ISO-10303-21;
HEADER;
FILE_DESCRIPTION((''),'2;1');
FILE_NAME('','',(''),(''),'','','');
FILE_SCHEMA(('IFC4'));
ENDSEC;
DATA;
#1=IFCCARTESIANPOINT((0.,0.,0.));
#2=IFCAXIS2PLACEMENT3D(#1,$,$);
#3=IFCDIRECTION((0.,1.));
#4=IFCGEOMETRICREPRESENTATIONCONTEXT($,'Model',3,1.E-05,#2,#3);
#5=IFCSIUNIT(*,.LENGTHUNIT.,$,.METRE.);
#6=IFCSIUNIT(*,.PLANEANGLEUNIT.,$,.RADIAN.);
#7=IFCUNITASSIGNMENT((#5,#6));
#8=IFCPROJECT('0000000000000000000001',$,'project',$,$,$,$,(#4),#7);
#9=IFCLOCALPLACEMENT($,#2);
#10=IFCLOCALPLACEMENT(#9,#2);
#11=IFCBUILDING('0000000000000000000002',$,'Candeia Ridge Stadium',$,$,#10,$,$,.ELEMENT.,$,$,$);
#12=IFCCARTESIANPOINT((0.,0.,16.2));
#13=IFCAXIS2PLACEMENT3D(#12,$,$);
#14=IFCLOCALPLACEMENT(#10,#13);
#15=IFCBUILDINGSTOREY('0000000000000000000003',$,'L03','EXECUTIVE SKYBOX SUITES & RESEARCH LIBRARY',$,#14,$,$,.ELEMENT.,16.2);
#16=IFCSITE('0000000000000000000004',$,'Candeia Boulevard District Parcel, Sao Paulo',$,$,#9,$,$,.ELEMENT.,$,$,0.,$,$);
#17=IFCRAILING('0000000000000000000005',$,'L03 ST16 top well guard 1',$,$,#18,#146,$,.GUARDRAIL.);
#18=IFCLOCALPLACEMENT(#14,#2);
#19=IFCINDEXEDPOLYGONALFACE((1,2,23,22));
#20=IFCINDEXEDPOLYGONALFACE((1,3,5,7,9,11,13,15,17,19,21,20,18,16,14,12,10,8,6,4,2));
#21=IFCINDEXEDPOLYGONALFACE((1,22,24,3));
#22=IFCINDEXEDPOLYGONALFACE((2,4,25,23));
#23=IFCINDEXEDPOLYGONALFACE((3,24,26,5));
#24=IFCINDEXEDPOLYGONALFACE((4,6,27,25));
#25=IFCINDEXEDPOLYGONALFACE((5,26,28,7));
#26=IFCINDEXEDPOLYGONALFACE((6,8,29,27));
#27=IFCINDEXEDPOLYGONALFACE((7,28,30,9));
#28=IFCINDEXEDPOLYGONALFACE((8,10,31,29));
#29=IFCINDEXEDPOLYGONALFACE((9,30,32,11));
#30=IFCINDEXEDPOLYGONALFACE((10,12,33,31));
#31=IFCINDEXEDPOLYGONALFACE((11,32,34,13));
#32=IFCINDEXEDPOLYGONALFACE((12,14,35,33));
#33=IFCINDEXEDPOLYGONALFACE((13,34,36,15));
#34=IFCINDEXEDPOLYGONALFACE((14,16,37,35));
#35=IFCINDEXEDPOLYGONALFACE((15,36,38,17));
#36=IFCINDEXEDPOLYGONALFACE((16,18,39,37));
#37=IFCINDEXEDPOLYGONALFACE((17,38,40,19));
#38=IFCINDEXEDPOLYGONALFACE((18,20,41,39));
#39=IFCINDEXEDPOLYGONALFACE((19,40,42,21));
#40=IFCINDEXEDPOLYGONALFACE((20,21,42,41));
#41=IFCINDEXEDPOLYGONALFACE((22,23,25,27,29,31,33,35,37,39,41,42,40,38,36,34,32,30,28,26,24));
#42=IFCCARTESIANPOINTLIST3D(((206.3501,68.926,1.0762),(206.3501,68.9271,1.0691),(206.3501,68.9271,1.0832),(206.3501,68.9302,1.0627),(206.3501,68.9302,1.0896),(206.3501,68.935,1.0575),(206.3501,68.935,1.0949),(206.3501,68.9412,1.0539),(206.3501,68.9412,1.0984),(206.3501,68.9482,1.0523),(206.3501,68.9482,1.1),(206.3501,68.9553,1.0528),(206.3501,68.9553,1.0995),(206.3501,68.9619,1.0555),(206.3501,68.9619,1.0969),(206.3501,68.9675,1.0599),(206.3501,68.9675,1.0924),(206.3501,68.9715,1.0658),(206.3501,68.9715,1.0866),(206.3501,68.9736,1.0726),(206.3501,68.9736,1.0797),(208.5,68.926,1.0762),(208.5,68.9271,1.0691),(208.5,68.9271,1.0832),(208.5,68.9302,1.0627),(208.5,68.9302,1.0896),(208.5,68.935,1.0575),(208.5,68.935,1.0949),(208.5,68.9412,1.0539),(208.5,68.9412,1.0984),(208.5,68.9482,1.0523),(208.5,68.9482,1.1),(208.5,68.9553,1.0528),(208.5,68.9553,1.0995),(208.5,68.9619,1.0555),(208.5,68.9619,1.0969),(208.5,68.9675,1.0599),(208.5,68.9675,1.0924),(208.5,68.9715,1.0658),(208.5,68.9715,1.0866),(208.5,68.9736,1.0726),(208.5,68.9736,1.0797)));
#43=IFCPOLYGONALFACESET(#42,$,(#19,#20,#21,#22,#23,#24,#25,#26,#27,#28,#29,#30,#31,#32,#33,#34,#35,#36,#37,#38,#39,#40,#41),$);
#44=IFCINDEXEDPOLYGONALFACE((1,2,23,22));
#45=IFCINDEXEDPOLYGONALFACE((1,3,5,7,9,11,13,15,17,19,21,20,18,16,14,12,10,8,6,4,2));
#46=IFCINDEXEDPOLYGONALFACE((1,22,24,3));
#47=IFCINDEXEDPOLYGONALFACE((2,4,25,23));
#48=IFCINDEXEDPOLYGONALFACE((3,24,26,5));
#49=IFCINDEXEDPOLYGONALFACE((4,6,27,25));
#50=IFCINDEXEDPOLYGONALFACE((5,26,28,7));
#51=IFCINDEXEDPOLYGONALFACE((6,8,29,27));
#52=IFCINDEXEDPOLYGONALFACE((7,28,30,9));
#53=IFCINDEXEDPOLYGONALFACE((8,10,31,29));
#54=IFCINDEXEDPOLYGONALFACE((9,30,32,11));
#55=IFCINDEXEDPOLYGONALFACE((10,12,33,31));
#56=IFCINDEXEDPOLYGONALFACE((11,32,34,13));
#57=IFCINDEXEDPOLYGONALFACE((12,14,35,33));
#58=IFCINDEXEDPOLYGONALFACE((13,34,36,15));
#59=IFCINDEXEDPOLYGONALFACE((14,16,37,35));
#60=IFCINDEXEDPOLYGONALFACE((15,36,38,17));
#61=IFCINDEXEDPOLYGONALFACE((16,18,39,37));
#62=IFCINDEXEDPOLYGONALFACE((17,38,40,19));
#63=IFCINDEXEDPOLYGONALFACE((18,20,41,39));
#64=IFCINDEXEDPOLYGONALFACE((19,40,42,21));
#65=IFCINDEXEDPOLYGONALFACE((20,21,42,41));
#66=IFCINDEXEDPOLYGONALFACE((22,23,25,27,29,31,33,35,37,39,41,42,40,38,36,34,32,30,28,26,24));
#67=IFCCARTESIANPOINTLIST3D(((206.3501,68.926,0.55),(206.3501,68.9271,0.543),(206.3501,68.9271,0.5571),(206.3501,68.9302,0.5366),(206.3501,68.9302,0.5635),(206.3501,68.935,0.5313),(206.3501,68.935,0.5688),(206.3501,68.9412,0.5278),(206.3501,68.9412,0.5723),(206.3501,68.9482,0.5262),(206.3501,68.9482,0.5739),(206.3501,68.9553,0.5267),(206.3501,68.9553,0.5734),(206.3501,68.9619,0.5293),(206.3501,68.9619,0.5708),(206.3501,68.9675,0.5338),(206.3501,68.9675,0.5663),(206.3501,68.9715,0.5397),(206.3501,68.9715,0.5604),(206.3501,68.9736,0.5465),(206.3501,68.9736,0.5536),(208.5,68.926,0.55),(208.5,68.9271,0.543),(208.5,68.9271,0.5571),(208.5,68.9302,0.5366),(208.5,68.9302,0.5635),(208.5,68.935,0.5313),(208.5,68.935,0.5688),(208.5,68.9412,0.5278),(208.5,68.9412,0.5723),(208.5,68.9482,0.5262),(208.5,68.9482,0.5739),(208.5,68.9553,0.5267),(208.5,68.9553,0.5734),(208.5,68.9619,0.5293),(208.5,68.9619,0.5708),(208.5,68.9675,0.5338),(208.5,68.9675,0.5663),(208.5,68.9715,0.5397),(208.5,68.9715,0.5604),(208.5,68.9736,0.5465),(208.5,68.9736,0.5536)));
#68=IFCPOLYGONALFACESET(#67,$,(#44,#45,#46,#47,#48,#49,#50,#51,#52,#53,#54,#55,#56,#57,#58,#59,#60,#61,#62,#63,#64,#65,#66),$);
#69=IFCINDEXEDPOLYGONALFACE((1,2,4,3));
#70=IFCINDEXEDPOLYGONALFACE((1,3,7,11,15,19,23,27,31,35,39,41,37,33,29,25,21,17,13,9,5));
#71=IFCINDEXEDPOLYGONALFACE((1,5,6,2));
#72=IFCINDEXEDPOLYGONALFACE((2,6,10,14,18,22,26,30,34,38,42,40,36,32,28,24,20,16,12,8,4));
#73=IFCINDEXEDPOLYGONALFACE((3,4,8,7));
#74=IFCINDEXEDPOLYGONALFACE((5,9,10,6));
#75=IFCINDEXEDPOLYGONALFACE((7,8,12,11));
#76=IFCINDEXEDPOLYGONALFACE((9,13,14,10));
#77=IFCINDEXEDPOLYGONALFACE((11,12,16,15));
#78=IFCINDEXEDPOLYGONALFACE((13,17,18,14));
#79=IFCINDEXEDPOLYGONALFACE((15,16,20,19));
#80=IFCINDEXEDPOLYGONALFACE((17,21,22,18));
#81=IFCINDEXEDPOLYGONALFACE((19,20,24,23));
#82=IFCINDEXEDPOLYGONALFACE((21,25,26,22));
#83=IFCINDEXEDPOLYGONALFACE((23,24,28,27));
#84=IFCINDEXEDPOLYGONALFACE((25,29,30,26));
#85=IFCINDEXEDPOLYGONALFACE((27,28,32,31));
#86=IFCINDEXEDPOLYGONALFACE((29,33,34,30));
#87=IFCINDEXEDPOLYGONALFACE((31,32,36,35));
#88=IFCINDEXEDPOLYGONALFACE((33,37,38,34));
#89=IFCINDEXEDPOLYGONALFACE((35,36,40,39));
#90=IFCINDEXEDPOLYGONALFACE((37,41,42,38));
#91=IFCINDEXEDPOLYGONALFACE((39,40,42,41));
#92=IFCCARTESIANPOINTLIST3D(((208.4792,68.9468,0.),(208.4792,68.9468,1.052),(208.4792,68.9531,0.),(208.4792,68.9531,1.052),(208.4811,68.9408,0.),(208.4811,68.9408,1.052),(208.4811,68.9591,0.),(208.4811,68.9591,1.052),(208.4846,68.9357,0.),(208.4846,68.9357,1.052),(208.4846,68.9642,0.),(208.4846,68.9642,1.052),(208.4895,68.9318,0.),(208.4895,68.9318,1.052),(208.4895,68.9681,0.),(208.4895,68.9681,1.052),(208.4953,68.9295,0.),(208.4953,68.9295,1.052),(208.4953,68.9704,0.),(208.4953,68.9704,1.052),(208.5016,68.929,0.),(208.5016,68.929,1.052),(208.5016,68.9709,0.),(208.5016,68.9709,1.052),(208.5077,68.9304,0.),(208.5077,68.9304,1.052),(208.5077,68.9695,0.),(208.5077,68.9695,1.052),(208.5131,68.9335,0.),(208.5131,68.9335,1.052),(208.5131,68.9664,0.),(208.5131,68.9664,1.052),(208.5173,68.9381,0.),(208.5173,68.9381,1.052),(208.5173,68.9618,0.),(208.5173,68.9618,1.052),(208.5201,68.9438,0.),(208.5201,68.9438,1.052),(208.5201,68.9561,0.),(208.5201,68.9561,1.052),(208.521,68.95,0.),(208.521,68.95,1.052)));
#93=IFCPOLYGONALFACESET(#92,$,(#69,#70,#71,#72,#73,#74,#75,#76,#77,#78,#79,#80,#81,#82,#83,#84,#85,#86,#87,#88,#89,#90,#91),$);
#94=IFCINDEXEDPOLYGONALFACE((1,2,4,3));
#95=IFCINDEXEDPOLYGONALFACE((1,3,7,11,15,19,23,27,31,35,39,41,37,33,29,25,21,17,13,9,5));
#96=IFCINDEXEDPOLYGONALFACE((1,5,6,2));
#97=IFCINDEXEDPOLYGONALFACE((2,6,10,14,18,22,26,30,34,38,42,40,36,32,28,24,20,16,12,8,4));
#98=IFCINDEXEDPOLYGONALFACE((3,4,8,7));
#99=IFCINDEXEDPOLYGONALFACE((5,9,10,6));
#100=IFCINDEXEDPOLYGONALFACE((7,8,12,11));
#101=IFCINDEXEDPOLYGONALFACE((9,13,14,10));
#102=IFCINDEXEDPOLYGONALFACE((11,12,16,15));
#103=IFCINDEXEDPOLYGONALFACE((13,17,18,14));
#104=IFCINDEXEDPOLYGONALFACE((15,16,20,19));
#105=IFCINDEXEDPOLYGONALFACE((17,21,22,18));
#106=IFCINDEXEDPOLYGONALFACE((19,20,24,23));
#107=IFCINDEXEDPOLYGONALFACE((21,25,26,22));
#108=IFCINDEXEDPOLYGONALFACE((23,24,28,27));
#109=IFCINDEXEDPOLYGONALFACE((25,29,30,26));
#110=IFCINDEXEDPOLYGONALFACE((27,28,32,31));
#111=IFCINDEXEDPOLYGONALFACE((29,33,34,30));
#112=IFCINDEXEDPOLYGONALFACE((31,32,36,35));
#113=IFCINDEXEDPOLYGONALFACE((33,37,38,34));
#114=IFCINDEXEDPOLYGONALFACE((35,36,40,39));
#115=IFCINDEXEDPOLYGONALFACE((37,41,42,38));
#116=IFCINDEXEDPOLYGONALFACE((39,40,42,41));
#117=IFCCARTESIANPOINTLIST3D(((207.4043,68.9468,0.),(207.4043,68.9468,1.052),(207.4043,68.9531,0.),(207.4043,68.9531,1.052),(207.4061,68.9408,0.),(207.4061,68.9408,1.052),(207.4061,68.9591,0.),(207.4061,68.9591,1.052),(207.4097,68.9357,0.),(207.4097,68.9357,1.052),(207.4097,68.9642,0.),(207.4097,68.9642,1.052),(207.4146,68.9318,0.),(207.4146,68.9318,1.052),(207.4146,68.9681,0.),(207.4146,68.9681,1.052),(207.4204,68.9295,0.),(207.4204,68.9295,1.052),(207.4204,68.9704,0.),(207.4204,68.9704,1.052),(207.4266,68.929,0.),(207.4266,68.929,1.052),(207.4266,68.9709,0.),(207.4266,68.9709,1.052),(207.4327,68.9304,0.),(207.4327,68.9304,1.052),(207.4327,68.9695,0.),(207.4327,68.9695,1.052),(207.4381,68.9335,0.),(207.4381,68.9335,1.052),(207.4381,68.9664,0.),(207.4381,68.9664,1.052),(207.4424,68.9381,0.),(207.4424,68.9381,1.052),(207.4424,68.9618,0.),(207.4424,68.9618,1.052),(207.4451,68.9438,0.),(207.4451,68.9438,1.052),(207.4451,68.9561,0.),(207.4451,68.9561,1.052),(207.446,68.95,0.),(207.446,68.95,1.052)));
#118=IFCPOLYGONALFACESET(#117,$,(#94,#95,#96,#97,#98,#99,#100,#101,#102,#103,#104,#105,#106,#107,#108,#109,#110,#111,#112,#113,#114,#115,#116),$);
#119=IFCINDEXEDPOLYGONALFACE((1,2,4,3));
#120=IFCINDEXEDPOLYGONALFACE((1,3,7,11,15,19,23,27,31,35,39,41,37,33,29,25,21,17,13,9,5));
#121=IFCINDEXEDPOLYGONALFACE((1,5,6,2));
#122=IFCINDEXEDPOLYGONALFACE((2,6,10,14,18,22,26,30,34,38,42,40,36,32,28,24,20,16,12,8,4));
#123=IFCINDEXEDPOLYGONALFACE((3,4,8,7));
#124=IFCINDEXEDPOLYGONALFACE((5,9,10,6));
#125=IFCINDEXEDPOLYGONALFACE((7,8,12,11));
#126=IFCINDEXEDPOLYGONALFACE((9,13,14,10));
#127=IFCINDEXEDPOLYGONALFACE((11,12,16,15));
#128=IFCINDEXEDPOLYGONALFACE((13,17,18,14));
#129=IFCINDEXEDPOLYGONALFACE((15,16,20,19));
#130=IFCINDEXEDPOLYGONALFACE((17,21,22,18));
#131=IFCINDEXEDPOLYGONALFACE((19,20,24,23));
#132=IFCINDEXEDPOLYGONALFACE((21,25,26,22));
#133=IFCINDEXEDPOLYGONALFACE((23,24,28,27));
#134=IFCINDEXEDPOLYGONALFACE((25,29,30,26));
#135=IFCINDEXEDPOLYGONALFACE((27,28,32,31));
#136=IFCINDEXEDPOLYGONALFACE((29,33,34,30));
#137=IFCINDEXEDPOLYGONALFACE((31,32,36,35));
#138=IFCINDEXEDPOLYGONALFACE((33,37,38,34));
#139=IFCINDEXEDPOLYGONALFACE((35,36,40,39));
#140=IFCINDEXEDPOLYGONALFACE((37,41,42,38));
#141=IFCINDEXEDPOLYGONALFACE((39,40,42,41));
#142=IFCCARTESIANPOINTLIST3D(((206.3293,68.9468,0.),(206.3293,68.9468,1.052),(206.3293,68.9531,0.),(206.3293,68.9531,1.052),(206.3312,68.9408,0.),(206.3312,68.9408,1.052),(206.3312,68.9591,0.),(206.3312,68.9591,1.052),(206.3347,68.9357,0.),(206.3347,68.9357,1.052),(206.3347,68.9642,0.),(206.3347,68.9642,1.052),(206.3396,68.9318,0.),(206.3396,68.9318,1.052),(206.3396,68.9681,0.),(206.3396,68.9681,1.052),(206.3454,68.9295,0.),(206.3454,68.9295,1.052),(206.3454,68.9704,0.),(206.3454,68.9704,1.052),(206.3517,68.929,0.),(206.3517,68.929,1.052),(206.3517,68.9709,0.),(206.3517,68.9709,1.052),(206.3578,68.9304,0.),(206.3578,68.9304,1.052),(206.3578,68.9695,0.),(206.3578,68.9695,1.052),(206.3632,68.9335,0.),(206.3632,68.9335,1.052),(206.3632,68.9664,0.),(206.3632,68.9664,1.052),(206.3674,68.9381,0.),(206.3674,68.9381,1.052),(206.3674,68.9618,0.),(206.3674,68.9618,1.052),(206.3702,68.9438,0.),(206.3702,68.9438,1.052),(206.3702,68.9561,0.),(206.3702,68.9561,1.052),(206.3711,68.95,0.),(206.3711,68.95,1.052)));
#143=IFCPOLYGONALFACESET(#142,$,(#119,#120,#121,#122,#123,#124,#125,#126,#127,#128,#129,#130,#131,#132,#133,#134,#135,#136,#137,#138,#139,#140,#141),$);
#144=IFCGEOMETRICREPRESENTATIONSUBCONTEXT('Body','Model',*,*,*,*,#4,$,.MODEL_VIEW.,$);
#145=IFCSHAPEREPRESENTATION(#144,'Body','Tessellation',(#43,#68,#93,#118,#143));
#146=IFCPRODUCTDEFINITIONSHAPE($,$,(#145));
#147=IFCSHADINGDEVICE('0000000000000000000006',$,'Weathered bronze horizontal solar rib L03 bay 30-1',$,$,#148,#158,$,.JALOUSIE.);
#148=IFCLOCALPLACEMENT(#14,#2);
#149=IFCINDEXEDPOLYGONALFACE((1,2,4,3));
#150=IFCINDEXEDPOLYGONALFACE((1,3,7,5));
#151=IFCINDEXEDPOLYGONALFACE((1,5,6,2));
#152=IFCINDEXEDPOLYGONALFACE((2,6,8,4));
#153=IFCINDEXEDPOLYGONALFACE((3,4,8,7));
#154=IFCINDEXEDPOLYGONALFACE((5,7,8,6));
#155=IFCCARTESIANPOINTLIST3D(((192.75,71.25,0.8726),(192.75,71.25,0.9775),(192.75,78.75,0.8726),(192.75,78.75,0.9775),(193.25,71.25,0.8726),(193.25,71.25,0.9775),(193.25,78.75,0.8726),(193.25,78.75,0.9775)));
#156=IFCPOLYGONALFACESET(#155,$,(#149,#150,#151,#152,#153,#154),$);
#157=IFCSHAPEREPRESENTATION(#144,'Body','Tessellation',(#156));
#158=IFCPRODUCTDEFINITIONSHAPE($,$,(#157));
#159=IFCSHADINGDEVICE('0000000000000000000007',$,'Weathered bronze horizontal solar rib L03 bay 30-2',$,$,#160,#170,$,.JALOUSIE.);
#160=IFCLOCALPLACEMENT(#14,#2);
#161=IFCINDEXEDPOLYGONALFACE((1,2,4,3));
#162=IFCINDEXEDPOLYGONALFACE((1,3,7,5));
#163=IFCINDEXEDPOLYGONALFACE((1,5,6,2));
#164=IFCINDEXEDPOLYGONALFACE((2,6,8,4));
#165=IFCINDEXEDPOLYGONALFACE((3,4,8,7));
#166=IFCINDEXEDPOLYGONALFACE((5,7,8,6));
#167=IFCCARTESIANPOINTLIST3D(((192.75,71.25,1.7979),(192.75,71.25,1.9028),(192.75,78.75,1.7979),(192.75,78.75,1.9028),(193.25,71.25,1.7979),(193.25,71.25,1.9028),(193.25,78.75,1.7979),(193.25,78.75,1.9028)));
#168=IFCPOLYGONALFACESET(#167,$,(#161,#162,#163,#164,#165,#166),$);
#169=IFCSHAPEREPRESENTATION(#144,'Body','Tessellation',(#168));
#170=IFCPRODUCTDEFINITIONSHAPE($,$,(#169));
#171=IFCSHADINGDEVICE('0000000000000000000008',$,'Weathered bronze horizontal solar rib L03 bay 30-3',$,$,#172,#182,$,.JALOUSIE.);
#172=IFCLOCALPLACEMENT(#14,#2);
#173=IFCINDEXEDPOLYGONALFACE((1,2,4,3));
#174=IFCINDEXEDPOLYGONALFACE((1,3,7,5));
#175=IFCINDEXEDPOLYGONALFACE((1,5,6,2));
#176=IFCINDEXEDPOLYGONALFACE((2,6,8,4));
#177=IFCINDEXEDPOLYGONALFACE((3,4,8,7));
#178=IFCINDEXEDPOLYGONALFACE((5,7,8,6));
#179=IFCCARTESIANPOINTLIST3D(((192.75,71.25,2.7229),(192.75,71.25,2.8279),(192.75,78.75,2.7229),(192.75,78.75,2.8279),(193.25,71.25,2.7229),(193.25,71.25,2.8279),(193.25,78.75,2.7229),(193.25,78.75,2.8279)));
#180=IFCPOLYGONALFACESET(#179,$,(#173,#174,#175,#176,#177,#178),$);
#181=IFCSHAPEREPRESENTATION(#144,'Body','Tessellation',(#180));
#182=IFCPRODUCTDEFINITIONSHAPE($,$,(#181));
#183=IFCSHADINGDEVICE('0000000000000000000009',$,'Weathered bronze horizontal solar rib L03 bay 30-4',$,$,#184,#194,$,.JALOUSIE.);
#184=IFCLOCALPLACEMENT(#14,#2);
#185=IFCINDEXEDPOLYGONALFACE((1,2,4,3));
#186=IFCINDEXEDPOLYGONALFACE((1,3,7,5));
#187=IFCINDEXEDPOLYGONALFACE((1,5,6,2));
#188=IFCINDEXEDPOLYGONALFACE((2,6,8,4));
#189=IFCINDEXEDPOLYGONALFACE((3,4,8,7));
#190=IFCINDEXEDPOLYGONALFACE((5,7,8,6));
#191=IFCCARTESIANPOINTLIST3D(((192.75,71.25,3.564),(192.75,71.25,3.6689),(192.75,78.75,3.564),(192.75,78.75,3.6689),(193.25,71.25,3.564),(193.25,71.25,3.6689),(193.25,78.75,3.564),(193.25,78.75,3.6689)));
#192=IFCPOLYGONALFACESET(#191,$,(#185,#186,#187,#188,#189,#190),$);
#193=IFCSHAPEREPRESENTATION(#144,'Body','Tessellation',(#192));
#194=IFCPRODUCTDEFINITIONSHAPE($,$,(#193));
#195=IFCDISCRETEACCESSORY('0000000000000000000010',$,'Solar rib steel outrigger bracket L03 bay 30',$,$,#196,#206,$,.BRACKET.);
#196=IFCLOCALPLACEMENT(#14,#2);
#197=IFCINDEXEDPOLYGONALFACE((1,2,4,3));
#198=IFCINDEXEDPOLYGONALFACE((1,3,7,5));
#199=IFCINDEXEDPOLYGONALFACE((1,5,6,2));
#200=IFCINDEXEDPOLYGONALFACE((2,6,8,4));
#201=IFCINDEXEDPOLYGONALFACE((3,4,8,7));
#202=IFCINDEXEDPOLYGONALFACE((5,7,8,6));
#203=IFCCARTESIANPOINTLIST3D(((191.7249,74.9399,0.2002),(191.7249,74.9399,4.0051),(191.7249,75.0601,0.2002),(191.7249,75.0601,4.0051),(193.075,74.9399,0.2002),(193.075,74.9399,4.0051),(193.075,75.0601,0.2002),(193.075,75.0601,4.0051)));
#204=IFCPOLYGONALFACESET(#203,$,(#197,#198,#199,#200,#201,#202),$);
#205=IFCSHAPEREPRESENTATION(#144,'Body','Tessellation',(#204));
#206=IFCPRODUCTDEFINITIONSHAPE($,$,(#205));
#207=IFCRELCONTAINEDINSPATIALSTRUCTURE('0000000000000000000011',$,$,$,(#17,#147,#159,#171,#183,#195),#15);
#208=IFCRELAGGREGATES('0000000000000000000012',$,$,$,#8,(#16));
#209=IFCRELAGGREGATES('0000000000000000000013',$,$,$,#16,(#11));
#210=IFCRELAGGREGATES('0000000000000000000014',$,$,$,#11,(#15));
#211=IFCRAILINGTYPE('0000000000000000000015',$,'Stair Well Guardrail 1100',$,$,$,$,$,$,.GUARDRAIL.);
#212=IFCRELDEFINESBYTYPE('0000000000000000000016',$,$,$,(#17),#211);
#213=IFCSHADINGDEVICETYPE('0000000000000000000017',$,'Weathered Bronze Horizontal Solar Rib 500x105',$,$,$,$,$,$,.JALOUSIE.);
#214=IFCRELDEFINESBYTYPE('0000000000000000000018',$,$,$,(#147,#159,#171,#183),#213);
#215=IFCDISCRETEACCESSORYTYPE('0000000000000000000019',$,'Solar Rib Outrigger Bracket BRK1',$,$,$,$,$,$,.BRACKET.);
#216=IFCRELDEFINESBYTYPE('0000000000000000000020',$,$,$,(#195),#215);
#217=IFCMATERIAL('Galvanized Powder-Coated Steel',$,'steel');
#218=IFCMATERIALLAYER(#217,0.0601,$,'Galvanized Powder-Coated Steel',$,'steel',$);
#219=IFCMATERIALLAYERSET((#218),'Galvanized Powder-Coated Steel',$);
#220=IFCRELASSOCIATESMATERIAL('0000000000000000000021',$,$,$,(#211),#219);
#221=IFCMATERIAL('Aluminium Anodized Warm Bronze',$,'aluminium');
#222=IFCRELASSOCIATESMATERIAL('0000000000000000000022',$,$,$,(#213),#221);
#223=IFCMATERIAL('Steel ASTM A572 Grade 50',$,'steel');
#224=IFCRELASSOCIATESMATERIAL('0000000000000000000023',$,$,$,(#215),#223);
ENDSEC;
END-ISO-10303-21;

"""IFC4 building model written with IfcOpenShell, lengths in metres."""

from ifc_helpers import new_model, si_unit, direction, frame, origin, origin_2d, place, context, subcontext, project, spatial, rectangle, circle, extrude, material, layer, layer_set, type_object, element, save


model = new_model("IFC4")

# Units and contexts
model_context = context("Model", 3, precision=1e-05, world=origin(), true_north=direction((0.0, 1.0)))
body_context = subcontext(model_context, "Body", "Model", "MODEL_VIEW")
ifc_project = project(units=[si_unit("LENGTHUNIT", "METRE"), si_unit("PLANEANGLEUNIT", "RADIAN")], contexts=[model_context])

# Site, building, storey
site_placement = place(None, origin())
site = spatial("IfcSite", under=ifc_project, at=site_placement, Name="Candeia Boulevard District Parcel, Sao Paulo", CompositionType="ELEMENT", RefElevation=0.0)
building_placement = place(site_placement, origin())
building = spatial("IfcBuilding", under=site, at=building_placement, Name="Candeia Ridge Stadium", CompositionType="ELEMENT")
storey_placement = place(building_placement, frame((0.0, 0.0, 16.2)))
storey = spatial("IfcBuildingStorey", under=building, at=storey_placement, Name="L03", Description="EXECUTIVE SKYBOX SUITES & RESEARCH LIBRARY", CompositionType="ELEMENT", Elevation=16.2)

# Shared definitions
ifc_material_1 = material(Name="Aluminium Anodized Warm Bronze", Category="aluminium")

# Shared definitions
ifc_material_2 = material(Name="Steel ASTM A572 Grade 50", Category="steel")

# Railing
ifc_material_3 = material(Name="Galvanized Powder-Coated Steel", Category="steel")
ifc_layer_1 = layer(ifc_material_3, 0.0601, Name="Galvanized Powder-Coated Steel", Category="steel")
ifc_layer_set_1 = layer_set([ifc_layer_1], Name="Galvanized Powder-Coated Steel")
railing_type_1 = type_object("IfcRailingType", Name="Stair Well Guardrail 1100", PredefinedType="GUARDRAIL", material=ifc_layer_set_1)
railing_1_placement = place(storey_placement, frame((208.5, 68.95, 0.0)))
element("IfcRailing", 1, at=railing_1_placement, inside=storey, type_object=railing_type_1, Name="L03 ST16 top well guard 1", PredefinedType="GUARDRAIL", context=body_context, shape_type="SweptSolid", body=[
    extrude(circle(Radius=0.0239, at=origin_2d()), frame((0.0, 0.0, 1.0762), z_axis=(-1.0, 0.0, 0.0), x_axis=(0.0, -1.0, 0.0)), (0.0, 0.0, 1.0), 2.1499),
    extrude(circle(Radius=0.0239, at=origin_2d()), frame((0.0, 0.0, 0.55), z_axis=(-1.0, 0.0, 0.0), x_axis=(0.0, -1.0, 0.0)), (0.0, 0.0, 1.0), 2.1499),
    extrude(circle(Radius=0.021, at=origin_2d()), origin(), (0.0, 0.0, 1.0), 1.052),
    extrude(circle(Radius=0.021, at=origin_2d()), frame((-1.075, 0.0, 0.0)), (0.0, 0.0, 1.0), 1.052),
    extrude(circle(Radius=0.021, at=origin_2d()), frame((-2.1499, 0.0, 0.0)), (0.0, 0.0, 1.0), 1.052),
])

# Shading devices
shading_device_type = type_object("IfcShadingDeviceType", Name="Weathered Bronze Horizontal Solar Rib 500x105", PredefinedType="JALOUSIE", material=ifc_material_1)
for number, where, z_axis, x_axis, name in (
    (2, (193.0, 75.0, 0.8726), (0.0, 0.0, 1.0), (0.0, 1.0, 0.0), "Weathered bronze horizontal solar rib L03 bay 30-1"),
    (3, (193.0, 75.0, 1.7979), (0.0, 0.0, 1.0), (0.0, 1.0, 0.0), "Weathered bronze horizontal solar rib L03 bay 30-2"),
    (4, (193.0, 75.0, 2.7229), (0.0, 0.0, 1.0), (0.0, 1.0, 0.0), "Weathered bronze horizontal solar rib L03 bay 30-3"),
    (5, (193.0, 75.0, 3.564), (0.0, 0.0, 1.0), (0.0, 1.0, 0.0), "Weathered bronze horizontal solar rib L03 bay 30-4"),
):
    element("IfcShadingDevice", number, at=place(storey_placement, frame(where, z_axis=z_axis, x_axis=x_axis)), inside=storey, type_object=shading_device_type, Name=name, PredefinedType="JALOUSIE", context=body_context, shape_type="SweptSolid", body=[
        extrude(rectangle(XDim=7.5, YDim=0.5, at=origin_2d()), origin(), (0.0, 0.0, 1.0), 0.105),
    ])

# Discrete accessory
discrete_accessory_type = type_object("IfcDiscreteAccessoryType", Name="Solar Rib Outrigger Bracket BRK1", PredefinedType="BRACKET", material=ifc_material_2)
discrete_accessory_placement = place(storey_placement, frame((192.3999, 75.0, 0.2002), z_axis=(0.0, 0.0, 1.0), x_axis=(1.0, 0.0, 0.0)))
element("IfcDiscreteAccessory", 6, at=discrete_accessory_placement, inside=storey, type_object=discrete_accessory_type, Name="Solar rib steel outrigger bracket L03 bay 30", PredefinedType="BRACKET", context=body_context, shape_type="SweptSolid", body=[
    extrude(rectangle(XDim=1.3501, YDim=0.1201, at=origin_2d()), origin(), (0.0, 0.0, 1.0), 3.8049),
])

save(model, "model.ifc")
